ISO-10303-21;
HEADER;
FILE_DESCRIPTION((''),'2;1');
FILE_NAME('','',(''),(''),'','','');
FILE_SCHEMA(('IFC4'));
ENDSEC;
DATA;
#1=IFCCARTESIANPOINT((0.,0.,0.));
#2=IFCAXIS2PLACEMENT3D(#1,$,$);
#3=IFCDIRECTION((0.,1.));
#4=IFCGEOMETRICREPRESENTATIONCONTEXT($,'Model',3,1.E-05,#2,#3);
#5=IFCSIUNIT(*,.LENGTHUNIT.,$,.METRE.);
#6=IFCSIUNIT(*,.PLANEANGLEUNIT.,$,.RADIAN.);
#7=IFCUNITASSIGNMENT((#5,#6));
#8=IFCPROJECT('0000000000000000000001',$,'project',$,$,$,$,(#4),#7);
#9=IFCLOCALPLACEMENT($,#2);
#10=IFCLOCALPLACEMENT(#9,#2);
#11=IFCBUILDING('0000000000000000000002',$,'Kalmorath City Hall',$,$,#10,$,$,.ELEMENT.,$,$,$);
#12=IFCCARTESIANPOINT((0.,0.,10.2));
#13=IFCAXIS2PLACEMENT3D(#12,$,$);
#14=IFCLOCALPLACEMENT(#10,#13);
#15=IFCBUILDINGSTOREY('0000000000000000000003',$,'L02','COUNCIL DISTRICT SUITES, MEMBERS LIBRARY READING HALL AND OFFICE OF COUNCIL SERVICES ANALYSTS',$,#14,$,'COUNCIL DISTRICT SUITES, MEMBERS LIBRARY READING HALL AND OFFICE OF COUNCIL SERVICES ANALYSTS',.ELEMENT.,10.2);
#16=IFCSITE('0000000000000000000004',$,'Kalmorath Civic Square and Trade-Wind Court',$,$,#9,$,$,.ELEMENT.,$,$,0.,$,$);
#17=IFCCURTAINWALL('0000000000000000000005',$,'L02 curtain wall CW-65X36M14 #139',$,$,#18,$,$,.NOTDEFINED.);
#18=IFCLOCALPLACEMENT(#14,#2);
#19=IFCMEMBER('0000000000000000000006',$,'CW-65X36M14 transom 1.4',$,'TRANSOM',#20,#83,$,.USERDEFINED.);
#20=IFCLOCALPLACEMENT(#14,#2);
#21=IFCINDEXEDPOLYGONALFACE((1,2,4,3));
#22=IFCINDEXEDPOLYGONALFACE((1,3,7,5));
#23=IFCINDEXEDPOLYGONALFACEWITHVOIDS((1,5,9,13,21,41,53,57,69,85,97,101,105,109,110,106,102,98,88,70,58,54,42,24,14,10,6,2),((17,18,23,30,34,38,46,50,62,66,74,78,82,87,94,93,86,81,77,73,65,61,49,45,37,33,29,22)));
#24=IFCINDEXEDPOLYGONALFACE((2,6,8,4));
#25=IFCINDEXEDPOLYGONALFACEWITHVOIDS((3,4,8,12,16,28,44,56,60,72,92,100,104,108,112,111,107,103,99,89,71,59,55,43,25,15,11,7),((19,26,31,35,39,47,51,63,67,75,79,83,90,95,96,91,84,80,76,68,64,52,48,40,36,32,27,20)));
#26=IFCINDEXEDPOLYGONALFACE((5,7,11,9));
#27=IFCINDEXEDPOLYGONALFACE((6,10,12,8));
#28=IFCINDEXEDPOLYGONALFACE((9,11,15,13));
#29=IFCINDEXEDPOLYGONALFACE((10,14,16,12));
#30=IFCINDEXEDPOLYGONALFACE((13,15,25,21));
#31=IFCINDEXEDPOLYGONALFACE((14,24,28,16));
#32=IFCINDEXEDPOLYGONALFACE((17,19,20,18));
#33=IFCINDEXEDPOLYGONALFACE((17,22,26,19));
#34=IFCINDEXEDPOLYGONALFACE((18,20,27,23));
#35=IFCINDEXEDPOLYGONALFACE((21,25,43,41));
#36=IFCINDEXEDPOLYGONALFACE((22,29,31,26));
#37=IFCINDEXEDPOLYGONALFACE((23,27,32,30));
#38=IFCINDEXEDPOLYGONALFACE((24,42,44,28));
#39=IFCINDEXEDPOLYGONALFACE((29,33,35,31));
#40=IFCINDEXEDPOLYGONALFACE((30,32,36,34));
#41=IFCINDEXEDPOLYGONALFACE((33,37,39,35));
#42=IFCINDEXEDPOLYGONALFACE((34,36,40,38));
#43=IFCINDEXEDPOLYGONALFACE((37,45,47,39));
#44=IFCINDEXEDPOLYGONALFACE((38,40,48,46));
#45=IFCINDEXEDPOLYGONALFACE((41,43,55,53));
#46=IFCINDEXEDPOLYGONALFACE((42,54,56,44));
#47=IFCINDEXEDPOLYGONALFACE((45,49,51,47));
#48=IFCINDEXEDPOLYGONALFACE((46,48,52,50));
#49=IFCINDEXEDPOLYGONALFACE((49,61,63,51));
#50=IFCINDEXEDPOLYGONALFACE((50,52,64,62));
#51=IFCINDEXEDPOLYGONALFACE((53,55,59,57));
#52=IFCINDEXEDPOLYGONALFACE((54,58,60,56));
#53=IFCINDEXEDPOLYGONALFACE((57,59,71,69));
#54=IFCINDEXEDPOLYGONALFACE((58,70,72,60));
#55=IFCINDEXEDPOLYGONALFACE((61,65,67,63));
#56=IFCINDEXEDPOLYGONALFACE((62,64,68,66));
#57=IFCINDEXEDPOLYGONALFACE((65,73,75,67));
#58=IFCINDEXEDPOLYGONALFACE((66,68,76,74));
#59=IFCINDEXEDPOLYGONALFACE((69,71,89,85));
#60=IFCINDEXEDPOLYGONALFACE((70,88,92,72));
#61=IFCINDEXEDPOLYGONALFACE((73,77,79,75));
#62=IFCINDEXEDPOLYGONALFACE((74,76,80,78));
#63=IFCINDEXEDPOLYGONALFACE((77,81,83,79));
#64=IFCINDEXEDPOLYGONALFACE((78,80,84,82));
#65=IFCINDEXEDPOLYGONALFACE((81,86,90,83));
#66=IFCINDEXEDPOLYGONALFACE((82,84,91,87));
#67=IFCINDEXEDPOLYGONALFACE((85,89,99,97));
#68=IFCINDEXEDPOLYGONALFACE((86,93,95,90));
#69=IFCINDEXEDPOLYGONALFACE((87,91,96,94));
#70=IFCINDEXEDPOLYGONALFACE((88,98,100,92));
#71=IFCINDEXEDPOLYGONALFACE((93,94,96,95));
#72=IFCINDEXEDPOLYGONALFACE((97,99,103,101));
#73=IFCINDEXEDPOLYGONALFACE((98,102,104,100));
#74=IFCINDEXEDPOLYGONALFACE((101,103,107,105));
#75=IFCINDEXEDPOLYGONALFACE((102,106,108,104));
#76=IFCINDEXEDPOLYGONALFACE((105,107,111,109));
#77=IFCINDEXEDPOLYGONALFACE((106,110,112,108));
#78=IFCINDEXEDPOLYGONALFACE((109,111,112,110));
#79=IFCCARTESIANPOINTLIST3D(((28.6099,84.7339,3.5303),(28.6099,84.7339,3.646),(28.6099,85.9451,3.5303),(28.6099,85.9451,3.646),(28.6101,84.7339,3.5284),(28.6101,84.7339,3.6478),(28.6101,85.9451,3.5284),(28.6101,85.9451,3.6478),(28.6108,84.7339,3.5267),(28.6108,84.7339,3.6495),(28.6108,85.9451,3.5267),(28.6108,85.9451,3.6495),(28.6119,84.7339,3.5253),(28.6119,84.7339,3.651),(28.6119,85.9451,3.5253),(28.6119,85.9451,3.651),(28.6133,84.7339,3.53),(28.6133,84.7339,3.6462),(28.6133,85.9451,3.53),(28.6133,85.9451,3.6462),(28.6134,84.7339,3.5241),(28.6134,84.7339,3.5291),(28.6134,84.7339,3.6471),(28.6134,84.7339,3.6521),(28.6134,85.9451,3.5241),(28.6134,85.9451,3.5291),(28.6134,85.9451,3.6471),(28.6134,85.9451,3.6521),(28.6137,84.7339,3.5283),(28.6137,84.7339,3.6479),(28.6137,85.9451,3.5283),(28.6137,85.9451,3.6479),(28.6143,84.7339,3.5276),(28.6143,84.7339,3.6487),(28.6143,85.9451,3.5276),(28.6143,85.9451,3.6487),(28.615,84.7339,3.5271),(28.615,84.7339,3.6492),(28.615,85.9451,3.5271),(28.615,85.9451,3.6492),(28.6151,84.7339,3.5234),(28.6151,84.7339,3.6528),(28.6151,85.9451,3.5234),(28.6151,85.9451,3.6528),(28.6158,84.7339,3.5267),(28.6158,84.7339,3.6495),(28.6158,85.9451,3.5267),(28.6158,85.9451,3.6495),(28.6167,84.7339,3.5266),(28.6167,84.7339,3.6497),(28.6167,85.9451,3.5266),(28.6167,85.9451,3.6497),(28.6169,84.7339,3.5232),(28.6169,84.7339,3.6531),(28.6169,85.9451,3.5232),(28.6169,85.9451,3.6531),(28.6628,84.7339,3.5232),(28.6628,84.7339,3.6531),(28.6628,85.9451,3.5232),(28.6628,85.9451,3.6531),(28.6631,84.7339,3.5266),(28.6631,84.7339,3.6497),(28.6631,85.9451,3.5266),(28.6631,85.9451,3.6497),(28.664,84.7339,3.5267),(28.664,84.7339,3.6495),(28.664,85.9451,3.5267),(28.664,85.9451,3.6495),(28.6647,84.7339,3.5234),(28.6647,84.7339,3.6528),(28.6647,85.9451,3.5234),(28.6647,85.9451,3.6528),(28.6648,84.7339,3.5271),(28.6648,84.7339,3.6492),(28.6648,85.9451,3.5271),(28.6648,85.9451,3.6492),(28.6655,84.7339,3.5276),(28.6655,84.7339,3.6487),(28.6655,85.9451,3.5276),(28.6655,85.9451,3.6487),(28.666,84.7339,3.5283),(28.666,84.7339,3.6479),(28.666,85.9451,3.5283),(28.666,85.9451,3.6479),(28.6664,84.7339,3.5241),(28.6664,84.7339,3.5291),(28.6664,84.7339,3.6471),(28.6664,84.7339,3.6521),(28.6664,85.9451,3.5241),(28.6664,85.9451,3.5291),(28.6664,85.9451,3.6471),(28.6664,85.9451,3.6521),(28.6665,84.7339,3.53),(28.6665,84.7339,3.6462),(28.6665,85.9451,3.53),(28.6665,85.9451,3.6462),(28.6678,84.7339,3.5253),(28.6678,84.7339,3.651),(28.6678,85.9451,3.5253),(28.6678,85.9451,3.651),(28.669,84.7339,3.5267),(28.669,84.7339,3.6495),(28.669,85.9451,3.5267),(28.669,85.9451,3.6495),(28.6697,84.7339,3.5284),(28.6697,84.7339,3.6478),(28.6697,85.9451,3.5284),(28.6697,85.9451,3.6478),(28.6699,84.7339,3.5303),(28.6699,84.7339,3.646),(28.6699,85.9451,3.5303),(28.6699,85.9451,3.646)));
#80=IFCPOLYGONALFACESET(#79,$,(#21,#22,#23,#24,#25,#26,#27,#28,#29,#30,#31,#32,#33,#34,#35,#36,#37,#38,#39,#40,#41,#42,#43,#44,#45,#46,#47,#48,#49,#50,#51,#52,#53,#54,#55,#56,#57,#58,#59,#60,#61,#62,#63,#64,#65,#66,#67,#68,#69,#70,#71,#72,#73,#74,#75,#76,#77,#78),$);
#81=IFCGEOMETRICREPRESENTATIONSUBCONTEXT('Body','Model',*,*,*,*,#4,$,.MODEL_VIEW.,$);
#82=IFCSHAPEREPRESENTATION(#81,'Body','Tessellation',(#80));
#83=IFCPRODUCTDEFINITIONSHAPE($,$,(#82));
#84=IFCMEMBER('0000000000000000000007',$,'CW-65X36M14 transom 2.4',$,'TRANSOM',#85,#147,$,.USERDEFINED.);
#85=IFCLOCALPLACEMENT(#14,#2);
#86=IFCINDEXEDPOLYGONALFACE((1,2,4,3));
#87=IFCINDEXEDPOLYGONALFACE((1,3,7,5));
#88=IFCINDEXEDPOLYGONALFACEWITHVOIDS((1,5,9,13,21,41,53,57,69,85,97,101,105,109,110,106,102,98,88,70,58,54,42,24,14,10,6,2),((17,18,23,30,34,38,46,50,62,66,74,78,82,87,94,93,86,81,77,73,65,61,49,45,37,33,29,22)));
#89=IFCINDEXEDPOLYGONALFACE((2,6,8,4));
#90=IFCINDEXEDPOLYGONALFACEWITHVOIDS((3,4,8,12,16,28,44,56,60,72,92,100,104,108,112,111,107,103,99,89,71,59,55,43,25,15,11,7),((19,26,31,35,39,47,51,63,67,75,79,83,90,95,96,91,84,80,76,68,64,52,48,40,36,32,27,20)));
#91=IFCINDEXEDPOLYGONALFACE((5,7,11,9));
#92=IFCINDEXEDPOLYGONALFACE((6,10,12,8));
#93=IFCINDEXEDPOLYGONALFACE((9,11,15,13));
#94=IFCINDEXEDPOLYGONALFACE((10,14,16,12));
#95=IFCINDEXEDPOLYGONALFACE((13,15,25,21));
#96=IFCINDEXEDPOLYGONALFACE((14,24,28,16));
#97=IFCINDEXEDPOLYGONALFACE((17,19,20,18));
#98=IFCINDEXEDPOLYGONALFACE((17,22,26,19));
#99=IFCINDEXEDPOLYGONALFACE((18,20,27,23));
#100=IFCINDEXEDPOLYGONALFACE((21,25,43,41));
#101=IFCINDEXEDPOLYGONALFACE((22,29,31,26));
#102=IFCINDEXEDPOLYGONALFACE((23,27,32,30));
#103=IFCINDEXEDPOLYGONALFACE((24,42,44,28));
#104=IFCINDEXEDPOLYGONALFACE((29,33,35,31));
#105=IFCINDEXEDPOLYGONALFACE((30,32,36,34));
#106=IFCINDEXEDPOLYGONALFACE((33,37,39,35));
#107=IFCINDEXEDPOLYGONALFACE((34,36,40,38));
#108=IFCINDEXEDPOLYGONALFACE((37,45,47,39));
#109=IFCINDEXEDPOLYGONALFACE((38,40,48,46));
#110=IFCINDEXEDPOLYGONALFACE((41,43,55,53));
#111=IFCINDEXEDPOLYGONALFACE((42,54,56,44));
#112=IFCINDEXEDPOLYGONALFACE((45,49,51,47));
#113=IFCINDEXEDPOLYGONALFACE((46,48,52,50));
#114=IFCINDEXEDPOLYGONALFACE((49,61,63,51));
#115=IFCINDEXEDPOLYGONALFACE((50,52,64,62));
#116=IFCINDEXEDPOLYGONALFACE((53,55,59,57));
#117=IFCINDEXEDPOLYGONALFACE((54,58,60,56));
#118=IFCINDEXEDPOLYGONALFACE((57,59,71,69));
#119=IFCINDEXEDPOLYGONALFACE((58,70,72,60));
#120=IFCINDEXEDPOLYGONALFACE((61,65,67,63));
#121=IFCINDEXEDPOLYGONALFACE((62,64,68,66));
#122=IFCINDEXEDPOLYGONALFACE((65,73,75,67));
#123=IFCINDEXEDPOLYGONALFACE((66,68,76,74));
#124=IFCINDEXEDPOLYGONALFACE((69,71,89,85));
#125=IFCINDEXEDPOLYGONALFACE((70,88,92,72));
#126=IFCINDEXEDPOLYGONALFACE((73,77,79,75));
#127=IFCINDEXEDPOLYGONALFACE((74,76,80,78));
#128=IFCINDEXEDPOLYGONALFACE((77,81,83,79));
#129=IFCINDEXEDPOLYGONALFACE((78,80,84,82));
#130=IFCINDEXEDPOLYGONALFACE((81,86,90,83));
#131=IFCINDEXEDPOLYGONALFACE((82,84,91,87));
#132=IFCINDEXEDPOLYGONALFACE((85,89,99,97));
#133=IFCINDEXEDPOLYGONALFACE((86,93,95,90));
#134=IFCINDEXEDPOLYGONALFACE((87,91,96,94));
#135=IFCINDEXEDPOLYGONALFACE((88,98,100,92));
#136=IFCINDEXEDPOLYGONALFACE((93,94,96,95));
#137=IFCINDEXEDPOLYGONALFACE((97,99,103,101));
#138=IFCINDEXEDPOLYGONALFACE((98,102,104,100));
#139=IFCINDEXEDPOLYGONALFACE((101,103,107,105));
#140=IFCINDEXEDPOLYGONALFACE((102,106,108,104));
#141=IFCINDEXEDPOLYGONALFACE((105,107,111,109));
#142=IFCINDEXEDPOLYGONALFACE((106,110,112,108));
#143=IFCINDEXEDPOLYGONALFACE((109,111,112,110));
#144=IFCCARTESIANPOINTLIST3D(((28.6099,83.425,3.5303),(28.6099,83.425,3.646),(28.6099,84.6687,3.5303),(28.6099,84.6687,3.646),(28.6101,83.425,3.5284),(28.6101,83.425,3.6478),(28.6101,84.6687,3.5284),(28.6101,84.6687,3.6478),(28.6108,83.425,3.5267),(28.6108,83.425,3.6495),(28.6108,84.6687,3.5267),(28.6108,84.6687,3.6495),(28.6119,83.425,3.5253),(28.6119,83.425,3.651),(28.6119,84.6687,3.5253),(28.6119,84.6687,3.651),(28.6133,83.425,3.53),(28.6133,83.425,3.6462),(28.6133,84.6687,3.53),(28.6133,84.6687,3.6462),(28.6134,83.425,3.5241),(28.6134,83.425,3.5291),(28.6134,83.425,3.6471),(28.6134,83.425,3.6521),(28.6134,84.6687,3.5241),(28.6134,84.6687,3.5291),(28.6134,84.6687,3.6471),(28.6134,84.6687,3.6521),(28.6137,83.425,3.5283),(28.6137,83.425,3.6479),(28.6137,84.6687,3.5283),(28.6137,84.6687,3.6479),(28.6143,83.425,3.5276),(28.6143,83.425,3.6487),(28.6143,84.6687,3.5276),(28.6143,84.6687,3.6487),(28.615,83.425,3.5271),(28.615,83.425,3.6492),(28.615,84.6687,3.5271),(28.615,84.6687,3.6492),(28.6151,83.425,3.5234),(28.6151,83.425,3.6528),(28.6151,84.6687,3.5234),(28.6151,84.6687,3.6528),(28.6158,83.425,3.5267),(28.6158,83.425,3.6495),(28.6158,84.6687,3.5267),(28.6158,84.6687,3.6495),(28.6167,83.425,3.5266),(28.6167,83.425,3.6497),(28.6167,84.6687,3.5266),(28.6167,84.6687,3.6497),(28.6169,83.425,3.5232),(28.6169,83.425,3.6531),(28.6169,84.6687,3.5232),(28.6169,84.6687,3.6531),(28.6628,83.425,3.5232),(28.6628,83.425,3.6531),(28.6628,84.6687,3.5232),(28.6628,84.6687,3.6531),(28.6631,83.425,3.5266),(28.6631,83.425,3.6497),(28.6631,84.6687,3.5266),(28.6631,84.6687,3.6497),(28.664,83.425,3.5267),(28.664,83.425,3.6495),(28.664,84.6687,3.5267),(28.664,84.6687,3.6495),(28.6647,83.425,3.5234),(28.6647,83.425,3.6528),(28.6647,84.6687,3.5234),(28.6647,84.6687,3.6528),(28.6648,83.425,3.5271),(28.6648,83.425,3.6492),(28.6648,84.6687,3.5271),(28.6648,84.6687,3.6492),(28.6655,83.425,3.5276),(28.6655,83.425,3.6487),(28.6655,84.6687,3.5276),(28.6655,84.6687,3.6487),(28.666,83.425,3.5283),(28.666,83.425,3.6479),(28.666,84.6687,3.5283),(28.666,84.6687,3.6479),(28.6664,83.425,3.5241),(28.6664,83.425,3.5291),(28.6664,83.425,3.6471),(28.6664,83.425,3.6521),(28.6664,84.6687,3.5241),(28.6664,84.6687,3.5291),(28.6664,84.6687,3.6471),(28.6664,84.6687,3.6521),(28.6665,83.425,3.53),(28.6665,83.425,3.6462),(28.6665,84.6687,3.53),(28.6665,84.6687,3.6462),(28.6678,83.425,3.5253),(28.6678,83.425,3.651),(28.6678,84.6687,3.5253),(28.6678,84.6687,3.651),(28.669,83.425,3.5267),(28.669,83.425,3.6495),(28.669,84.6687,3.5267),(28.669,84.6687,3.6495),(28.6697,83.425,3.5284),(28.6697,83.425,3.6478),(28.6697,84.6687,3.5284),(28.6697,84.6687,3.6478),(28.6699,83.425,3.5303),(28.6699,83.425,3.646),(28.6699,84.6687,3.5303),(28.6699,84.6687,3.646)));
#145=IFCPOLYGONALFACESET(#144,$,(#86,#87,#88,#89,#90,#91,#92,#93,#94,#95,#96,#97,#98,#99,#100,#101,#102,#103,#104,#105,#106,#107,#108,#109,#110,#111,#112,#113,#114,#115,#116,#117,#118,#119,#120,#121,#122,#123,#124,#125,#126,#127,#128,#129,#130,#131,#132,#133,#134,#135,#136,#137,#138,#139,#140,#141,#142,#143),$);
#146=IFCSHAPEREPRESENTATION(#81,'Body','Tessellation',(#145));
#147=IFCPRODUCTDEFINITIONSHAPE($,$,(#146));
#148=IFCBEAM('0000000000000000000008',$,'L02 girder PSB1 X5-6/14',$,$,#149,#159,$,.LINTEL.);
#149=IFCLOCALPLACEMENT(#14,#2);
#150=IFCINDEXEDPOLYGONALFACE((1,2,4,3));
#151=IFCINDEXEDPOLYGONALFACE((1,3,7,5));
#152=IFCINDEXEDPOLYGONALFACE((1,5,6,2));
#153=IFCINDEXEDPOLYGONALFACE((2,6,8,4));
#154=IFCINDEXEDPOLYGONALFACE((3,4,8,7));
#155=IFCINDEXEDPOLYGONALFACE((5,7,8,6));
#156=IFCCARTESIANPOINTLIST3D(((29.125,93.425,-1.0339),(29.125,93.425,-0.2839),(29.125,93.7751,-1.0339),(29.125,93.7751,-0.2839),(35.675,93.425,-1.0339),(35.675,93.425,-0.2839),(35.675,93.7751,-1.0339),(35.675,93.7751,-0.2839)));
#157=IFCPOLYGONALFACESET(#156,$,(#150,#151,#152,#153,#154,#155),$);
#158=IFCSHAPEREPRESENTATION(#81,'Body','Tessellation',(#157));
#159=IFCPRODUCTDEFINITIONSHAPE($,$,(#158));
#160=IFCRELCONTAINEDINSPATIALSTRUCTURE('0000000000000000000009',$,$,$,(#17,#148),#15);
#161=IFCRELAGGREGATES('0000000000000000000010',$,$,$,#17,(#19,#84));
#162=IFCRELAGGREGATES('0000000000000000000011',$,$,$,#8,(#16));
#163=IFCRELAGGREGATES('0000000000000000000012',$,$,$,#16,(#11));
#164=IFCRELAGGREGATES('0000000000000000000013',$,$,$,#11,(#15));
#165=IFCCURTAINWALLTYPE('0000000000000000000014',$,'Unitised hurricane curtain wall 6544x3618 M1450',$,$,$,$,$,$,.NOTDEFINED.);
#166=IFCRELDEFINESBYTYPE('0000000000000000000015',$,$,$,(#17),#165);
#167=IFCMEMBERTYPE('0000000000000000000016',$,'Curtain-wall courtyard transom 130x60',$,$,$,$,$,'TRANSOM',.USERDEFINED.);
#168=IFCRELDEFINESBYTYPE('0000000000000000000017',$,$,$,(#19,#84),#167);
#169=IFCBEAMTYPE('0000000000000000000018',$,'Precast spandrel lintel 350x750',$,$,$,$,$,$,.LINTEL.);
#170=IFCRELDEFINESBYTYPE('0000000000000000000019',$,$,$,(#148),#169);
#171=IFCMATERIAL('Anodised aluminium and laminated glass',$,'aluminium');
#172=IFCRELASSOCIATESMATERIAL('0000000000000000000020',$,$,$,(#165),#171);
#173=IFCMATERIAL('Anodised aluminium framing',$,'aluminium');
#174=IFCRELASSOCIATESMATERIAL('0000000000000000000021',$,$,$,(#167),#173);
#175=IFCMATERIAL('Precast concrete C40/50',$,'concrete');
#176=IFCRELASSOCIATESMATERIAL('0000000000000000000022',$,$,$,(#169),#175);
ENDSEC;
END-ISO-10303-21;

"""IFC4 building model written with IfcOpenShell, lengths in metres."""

from ifc_helpers import new_model, si_unit, direction, frame, origin, origin_2d, place, context, subcontext, project, spatial, rectangle, hollow_rectangle, extrude, material, material_profile, profile_set, type_object, element, aggregate, save


model = new_model("IFC4")

# Units and contexts
model_context = context("Model", 3, precision=1e-05, world=origin(), true_north=direction((0.0, 1.0)))
body_context = subcontext(model_context, "Body", "Model", "MODEL_VIEW")
ifc_project = project(units=[si_unit("LENGTHUNIT", "METRE"), si_unit("PLANEANGLEUNIT", "RADIAN")], contexts=[model_context])

# Site, building, storey
site_placement = place(None, origin())
site = spatial("IfcSite", under=ifc_project, at=site_placement, Name="Kalmorath Civic Square and Trade-Wind Court", CompositionType="ELEMENT", RefElevation=0.0)
building_placement = place(site_placement, origin())
building = spatial("IfcBuilding", under=site, at=building_placement, Name="Kalmorath City Hall", CompositionType="ELEMENT")
storey_placement = place(building_placement, frame((0.0, 0.0, 10.2)))
storey = spatial("IfcBuildingStorey", under=building, at=storey_placement, Name="L02", Description="COUNCIL DISTRICT SUITES, MEMBERS LIBRARY READING HALL AND OFFICE OF COUNCIL SERVICES ANALYSTS", LongName="COUNCIL DISTRICT SUITES, MEMBERS LIBRARY READING HALL AND OFFICE OF COUNCIL SERVICES ANALYSTS", CompositionType="ELEMENT", Elevation=10.2)

# Curtain wall, members
ifc_material_1 = material(Name="Anodised aluminium and laminated glass", Category="aluminium")
curtain_wall_type_1 = type_object("IfcCurtainWallType", Name="Unitised hurricane curtain wall 6544x3618 M1450", PredefinedType="NOTDEFINED", material=ifc_material_1)
curtain_wall_1_placement = place(storey_placement, origin())
curtain_wall_1 = element("IfcCurtainWall", 1, at=curtain_wall_1_placement, inside=storey, type_object=curtain_wall_type_1, Name="L02 curtain wall CW-65X36M14 #139", PredefinedType="NOTDEFINED")
ifc_material_2 = material(Name="Anodised aluminium framing", Category="aluminium")
ifc_material_profile_1 = material_profile(ifc_material_2, hollow_rectangle(XDim=0.0601, YDim=0.1299, WallThickness=0.0034, InnerFilletRadius=0.0034, OuterFilletRadius=0.0071, at=origin_2d()), Name="ALU-TRN-130X60X3.5")
ifc_profile_set_1 = profile_set([ifc_material_profile_1], Name="Anodised aluminium framing")
member_type_1 = type_object("IfcMemberType", Name="Curtain-wall courtyard transom 130x60", ElementType="TRANSOM", PredefinedType="USERDEFINED", material=ifc_profile_set_1)
member_1_placement = place(storey_placement, frame((28.6399, 85.9451, 3.5881), z_axis=(0.0, -1.0, 0.0), x_axis=(1.0, 0.0, 0.0)))
member_1 = element("IfcMember", 2, at=member_1_placement, type_object=member_type_1, Name="CW-65X36M14 transom 1.4", ObjectType="TRANSOM", PredefinedType="USERDEFINED", context=body_context, shape_type="SweptSolid", body=[
    extrude(hollow_rectangle(XDim=0.0601, YDim=0.1299, WallThickness=0.0034, InnerFilletRadius=0.0034, OuterFilletRadius=0.0071, at=origin_2d()), origin(), (0.0, 0.0, 1.0), 1.2112),
])
member_2_placement = place(storey_placement, frame((28.6399, 84.6687, 3.5881), z_axis=(0.0, -1.0, 0.0), x_axis=(1.0, 0.0, 0.0)))
member_2 = element("IfcMember", 3, at=member_2_placement, type_object=member_type_1, Name="CW-65X36M14 transom 2.4", ObjectType="TRANSOM", PredefinedType="USERDEFINED", context=body_context, shape_type="SweptSolid", body=[
    extrude(hollow_rectangle(XDim=0.0601, YDim=0.1299, WallThickness=0.0034, InnerFilletRadius=0.0034, OuterFilletRadius=0.0071, at=origin_2d()), origin(), (0.0, 0.0, 1.0), 1.2437),
])

# Beam
ifc_material_3 = material(Name="Precast concrete C40/50", Category="concrete")
ifc_material_profile_2 = material_profile(ifc_material_3, rectangle(XDim=0.3501, YDim=0.75, at=origin_2d()), Name="PC-SP-350X750")
ifc_profile_set_2 = profile_set([ifc_material_profile_2], Name="Precast concrete C40/50")
beam_type_1 = type_object("IfcBeamType", Name="Precast spandrel lintel 350x750", PredefinedType="LINTEL", material=ifc_profile_set_2)
beam_1_placement = place(storey_placement, frame((29.125, 93.6001, -0.6589), z_axis=(1.0, 0.0, 0.0), x_axis=(0.0, 1.0, 0.0)))
element("IfcBeam", 4, at=beam_1_placement, inside=storey, type_object=beam_type_1, Name="L02 girder PSB1 X5-6/14", PredefinedType="LINTEL", context=body_context, shape_type="SweptSolid", body=[
    extrude(rectangle(XDim=0.3501, YDim=0.75, at=origin_2d()), origin(), (0.0, 0.0, 1.0), 6.55),
])

aggregate(curtain_wall_1, [member_1, member_2])

save(model, "model.ifc")
